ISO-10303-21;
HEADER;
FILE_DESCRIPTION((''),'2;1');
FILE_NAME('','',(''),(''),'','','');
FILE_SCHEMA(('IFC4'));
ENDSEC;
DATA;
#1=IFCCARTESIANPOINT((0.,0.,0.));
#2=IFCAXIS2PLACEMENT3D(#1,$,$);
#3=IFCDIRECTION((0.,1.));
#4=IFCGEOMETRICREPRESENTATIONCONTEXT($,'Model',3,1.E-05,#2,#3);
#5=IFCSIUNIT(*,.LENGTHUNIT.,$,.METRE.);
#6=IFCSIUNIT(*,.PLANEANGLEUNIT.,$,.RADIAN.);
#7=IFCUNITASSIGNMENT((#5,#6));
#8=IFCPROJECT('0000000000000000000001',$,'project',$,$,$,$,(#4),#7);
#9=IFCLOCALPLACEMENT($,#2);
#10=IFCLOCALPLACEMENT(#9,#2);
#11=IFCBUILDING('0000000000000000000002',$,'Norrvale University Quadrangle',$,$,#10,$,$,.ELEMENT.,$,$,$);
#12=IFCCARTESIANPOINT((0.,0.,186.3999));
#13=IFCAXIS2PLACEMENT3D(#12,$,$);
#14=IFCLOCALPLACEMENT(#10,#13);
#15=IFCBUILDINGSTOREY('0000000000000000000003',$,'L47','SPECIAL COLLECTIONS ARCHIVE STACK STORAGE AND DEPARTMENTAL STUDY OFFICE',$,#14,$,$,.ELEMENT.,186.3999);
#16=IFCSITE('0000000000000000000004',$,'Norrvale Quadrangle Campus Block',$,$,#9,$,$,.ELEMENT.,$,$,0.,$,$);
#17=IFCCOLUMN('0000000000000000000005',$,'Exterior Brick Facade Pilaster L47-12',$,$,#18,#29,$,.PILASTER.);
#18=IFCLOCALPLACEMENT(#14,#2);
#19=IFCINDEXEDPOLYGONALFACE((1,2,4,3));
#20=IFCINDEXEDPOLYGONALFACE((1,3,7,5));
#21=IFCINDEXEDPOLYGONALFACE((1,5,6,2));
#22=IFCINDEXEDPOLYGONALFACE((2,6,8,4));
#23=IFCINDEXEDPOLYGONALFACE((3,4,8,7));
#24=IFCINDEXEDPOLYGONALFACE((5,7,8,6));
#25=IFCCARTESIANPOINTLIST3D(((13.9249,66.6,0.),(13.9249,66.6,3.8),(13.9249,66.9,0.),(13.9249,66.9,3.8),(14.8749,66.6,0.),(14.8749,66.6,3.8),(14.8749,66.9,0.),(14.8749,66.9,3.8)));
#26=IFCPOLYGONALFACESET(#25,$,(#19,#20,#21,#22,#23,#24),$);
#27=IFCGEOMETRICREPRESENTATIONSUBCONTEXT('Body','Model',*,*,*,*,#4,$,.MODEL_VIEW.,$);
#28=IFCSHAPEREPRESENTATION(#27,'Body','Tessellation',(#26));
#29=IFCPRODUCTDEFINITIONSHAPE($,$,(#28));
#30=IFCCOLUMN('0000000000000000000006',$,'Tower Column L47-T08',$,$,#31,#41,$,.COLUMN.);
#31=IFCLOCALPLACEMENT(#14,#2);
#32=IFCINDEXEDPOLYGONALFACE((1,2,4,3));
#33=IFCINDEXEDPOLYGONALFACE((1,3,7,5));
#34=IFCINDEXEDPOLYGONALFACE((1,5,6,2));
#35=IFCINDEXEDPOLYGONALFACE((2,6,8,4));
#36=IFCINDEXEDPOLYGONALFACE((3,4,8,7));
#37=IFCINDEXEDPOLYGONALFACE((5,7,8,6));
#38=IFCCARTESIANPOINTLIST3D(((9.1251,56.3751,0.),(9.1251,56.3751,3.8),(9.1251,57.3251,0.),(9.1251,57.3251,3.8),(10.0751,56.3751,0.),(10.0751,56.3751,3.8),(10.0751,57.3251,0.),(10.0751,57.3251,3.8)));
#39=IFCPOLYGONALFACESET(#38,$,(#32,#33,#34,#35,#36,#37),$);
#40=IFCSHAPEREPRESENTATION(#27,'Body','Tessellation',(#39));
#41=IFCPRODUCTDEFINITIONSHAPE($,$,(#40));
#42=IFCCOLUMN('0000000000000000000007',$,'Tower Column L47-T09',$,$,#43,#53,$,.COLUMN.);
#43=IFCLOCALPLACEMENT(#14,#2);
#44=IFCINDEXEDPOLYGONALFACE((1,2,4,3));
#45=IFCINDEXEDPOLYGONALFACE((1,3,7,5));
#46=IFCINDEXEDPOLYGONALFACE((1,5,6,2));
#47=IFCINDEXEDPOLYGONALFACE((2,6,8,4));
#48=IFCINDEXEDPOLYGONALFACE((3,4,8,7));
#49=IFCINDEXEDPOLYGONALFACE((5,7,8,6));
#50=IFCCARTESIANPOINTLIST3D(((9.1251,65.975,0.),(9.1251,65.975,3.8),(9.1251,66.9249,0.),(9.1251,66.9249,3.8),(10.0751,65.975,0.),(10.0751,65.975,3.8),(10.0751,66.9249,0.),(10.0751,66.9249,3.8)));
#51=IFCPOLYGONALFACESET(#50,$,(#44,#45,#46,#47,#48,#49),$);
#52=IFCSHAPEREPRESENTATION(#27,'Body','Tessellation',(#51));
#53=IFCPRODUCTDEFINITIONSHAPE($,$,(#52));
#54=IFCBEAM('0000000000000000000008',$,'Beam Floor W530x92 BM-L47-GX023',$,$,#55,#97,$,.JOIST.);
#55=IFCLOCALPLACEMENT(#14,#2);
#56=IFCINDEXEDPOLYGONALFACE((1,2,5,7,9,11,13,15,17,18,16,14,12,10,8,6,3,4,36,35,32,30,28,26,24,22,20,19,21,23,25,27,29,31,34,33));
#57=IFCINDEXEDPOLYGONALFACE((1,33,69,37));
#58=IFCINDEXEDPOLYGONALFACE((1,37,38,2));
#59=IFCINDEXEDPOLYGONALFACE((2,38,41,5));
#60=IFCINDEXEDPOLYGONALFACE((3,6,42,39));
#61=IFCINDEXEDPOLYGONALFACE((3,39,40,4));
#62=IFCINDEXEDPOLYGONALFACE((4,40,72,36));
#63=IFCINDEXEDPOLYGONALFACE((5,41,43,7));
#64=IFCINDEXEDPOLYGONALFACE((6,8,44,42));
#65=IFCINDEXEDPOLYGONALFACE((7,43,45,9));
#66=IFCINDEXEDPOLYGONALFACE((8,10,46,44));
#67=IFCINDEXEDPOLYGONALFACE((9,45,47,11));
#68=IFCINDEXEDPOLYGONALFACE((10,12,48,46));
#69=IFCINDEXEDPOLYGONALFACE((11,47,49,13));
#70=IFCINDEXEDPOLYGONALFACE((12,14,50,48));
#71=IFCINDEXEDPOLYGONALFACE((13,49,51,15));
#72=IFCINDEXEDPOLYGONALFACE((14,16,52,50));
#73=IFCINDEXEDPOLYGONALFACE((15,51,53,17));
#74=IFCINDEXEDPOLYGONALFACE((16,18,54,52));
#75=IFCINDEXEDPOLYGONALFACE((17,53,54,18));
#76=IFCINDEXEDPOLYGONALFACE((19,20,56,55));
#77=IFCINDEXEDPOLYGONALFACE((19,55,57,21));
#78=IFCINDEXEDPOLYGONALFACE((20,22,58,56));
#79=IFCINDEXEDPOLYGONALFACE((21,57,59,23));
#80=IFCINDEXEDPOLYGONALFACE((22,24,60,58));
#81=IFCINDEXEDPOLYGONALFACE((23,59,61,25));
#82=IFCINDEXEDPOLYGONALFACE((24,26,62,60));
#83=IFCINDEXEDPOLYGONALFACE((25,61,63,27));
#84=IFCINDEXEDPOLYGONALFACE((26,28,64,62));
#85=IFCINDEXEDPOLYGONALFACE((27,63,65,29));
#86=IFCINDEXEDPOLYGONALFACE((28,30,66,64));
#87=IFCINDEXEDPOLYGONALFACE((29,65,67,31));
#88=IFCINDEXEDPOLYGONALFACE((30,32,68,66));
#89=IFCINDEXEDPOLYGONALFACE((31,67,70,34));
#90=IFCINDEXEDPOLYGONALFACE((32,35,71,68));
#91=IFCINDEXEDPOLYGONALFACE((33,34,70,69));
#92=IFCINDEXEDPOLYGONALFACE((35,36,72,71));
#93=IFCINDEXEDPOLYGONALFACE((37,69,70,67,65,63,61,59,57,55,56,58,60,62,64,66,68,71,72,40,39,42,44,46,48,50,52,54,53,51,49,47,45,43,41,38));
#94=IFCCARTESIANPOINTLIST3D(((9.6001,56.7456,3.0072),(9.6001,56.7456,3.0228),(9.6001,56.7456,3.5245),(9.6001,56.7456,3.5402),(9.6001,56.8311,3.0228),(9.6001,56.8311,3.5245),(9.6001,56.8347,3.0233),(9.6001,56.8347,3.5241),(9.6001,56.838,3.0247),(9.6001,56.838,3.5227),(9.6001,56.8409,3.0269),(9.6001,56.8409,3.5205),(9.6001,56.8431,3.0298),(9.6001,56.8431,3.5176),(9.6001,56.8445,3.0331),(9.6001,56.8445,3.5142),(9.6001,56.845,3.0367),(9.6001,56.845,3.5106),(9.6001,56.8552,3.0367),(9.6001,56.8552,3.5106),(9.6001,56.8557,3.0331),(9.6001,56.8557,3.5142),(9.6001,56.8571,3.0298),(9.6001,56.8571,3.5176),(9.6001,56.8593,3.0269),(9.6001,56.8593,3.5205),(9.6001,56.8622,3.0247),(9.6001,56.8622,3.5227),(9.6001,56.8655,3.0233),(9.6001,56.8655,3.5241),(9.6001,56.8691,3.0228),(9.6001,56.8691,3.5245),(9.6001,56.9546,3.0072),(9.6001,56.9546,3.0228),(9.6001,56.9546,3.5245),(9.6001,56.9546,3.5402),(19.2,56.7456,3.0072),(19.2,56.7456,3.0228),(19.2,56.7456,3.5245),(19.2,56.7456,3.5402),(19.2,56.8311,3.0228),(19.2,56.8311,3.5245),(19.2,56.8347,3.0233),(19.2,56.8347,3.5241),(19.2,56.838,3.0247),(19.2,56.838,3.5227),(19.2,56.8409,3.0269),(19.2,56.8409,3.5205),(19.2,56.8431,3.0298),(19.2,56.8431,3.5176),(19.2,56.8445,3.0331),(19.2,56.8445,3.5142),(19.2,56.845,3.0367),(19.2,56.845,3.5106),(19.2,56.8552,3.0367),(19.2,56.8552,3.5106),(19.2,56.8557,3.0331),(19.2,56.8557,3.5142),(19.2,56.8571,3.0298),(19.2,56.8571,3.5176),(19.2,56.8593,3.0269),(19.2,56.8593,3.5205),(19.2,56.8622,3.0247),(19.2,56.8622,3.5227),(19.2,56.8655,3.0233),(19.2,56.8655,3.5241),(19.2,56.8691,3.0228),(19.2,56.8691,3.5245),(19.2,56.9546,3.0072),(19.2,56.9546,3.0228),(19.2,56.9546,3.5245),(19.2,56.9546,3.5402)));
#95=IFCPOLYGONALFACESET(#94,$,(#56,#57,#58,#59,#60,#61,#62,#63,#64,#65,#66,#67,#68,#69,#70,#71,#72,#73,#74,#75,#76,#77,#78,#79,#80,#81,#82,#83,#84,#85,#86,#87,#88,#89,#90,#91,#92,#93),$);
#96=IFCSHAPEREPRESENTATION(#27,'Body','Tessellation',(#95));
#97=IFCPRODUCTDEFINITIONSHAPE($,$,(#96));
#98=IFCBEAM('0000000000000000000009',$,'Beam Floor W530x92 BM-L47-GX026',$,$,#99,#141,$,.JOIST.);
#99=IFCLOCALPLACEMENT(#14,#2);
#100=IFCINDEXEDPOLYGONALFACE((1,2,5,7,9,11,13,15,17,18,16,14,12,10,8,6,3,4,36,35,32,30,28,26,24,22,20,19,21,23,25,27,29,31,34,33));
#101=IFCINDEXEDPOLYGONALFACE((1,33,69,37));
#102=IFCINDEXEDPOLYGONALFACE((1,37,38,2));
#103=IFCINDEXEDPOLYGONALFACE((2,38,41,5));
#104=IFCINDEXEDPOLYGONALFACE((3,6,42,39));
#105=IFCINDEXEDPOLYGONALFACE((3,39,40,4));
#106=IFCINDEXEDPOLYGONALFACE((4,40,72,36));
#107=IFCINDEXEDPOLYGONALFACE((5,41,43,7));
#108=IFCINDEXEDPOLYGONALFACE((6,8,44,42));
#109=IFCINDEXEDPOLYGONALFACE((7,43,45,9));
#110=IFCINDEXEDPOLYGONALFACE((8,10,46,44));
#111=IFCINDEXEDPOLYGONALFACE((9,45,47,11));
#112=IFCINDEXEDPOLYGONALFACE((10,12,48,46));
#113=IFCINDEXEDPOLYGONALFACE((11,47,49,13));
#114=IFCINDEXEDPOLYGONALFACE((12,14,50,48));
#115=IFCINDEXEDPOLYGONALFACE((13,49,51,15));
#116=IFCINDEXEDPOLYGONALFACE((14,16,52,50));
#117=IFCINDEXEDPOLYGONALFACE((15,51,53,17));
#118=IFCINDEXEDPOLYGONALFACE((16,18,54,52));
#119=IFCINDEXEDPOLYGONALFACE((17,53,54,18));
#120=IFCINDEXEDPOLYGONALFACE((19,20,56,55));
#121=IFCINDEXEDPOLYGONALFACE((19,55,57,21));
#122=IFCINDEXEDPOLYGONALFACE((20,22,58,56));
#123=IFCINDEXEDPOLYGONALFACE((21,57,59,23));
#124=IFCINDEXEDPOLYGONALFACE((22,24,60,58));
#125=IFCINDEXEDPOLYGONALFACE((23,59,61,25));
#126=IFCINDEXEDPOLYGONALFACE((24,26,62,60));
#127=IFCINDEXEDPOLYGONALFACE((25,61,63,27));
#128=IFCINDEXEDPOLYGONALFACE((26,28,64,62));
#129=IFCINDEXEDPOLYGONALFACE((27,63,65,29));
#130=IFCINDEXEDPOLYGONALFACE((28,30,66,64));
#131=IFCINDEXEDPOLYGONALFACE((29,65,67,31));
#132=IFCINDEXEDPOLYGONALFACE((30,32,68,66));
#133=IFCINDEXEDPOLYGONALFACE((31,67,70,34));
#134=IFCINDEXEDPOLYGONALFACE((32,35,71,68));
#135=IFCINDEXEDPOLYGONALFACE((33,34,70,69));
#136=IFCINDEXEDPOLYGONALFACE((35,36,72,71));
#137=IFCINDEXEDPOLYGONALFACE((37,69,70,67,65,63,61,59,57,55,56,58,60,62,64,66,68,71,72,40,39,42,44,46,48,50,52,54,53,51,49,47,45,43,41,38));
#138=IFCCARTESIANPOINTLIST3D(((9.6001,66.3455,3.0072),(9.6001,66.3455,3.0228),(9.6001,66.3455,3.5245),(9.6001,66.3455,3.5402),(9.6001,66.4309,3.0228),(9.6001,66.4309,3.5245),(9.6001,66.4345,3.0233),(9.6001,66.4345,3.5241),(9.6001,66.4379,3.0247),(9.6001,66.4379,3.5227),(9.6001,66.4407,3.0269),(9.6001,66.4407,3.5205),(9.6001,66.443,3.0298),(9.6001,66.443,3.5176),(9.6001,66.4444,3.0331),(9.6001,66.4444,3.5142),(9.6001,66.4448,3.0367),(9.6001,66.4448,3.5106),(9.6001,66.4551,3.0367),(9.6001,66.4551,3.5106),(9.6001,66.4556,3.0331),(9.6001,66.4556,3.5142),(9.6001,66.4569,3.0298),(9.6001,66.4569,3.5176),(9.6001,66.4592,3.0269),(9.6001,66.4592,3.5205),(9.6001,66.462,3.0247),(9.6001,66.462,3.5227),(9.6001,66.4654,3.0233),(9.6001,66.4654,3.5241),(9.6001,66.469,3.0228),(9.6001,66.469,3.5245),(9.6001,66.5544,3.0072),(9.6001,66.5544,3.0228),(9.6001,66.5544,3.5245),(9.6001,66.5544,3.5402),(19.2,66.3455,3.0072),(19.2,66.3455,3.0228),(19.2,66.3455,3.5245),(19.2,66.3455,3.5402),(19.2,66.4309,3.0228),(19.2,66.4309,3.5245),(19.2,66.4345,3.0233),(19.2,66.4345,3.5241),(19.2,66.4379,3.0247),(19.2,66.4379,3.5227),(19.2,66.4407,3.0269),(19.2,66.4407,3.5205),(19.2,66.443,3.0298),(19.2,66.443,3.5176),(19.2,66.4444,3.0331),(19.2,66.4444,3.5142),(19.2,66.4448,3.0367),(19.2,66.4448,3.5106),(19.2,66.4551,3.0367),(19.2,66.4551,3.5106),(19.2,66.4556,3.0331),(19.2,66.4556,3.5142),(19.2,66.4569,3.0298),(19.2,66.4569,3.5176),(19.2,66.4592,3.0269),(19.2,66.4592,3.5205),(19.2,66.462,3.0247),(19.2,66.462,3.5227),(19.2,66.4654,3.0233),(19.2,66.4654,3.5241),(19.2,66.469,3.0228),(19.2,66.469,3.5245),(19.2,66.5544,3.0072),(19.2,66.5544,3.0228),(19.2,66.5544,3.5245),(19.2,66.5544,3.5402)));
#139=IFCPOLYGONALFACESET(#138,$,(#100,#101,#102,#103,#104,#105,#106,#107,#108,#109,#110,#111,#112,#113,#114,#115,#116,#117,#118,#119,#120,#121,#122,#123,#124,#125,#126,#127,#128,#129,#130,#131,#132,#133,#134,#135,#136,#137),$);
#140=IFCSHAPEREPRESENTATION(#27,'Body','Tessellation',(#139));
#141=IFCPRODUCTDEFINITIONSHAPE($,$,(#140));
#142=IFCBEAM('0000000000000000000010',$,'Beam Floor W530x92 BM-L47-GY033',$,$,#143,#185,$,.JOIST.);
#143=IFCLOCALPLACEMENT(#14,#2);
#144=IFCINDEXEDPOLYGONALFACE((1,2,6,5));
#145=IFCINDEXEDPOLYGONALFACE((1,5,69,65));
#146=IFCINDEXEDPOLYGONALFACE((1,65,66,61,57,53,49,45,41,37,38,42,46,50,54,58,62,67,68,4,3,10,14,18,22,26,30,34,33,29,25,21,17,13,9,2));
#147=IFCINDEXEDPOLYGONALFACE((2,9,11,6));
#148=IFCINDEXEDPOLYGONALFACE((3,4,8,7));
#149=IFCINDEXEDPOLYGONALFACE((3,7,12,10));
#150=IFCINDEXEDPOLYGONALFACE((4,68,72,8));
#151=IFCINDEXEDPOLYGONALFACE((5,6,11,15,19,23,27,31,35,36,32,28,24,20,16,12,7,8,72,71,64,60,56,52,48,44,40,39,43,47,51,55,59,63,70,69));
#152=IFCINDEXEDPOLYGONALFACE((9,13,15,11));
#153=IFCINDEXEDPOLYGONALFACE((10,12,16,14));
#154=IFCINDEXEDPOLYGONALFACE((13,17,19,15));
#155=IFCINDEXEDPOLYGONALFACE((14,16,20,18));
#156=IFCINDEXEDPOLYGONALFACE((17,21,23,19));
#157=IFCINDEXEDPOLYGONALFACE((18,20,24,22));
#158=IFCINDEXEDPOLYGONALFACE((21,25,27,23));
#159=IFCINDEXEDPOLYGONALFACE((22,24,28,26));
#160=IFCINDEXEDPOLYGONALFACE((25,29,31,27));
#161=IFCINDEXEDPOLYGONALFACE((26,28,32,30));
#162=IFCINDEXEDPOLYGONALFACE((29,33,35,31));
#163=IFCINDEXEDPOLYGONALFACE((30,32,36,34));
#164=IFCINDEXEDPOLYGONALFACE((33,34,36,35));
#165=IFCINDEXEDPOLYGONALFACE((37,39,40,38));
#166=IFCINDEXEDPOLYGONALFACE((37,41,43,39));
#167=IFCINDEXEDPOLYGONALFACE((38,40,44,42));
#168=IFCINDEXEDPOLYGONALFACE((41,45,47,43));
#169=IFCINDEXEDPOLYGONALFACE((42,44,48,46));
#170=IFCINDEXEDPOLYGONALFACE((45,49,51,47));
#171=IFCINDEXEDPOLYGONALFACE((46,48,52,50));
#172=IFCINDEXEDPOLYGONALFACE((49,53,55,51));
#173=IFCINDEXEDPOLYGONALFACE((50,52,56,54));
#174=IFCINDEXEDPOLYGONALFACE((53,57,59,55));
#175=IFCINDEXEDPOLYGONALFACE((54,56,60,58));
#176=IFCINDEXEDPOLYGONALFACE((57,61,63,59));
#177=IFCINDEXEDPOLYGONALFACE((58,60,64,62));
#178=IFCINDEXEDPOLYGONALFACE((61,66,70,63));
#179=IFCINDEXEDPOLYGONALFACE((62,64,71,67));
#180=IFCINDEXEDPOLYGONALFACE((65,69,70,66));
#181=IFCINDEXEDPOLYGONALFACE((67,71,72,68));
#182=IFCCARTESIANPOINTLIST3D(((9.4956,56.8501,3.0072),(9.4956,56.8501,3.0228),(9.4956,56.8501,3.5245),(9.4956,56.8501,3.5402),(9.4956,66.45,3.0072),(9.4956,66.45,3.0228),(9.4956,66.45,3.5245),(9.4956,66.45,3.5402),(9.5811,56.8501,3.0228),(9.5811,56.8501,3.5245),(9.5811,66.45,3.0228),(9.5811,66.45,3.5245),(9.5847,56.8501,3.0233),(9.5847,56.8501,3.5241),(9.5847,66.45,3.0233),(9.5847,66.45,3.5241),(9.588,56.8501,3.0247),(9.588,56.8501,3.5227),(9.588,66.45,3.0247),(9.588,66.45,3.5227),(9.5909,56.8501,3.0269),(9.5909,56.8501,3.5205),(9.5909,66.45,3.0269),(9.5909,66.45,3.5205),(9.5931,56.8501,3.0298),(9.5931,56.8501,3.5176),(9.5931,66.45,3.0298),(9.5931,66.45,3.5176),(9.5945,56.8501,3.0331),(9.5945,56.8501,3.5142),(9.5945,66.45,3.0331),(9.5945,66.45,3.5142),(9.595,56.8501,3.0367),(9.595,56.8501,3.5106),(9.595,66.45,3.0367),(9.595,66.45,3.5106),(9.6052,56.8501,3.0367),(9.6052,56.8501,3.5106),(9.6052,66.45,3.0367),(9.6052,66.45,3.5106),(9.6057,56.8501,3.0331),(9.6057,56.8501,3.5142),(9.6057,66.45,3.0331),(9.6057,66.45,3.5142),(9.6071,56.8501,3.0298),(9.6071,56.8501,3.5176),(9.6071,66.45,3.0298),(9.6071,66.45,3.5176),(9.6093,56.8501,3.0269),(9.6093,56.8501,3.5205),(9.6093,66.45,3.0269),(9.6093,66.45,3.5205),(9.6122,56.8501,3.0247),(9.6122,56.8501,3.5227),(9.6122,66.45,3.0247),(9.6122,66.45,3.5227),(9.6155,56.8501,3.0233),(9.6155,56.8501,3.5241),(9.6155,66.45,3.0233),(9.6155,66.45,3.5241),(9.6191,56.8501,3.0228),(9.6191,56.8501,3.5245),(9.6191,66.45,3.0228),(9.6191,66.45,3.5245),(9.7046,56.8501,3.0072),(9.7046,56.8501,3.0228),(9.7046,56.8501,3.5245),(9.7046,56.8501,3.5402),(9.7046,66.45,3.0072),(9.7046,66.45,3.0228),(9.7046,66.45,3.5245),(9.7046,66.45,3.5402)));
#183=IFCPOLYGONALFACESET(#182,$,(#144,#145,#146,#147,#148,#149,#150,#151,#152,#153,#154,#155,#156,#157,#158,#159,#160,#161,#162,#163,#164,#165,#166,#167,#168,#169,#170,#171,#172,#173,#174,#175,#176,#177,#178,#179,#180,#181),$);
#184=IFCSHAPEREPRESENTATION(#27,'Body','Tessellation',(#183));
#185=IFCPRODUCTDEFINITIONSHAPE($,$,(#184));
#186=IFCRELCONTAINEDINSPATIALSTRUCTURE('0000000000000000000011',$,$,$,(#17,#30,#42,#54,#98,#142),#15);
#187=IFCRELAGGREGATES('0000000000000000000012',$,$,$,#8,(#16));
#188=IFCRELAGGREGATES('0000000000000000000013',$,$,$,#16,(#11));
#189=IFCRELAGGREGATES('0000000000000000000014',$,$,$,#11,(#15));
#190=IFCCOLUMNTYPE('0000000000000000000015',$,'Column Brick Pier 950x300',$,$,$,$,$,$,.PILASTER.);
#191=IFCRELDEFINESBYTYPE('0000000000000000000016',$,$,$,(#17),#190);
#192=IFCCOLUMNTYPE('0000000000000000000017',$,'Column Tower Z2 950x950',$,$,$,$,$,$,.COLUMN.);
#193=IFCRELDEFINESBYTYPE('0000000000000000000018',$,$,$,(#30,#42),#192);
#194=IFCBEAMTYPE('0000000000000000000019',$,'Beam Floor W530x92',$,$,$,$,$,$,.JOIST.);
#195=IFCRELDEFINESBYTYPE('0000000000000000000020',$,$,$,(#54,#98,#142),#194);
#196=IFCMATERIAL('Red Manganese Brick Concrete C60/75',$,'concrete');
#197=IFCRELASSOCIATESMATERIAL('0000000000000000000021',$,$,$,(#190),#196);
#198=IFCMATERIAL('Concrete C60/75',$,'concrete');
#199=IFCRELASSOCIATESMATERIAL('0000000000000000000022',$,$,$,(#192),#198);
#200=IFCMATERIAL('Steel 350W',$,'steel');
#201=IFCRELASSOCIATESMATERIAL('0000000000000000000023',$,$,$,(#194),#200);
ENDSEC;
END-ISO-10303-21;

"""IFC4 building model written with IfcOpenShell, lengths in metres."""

from ifc_helpers import new_model, si_unit, direction, frame, origin, origin_2d, place, context, subcontext, project, spatial, rectangle, i_section, extrude, material, material_profile, profile_set, type_object, element, save


model = new_model("IFC4")

# Units and contexts
model_context = context("Model", 3, precision=1e-05, world=origin(), true_north=direction((0.0, 1.0)))
body_context = subcontext(model_context, "Body", "Model", "MODEL_VIEW")
ifc_project = project(units=[si_unit("LENGTHUNIT", "METRE"), si_unit("PLANEANGLEUNIT", "RADIAN")], contexts=[model_context])

# Site, building, storey
site_placement = place(None, origin())
site = spatial("IfcSite", under=ifc_project, at=site_placement, Name="Norrvale Quadrangle Campus Block", CompositionType="ELEMENT", RefElevation=0.0)
building_placement = place(site_placement, origin())
building = spatial("IfcBuilding", under=site, at=building_placement, Name="Norrvale University Quadrangle", CompositionType="ELEMENT")
storey_placement = place(building_placement, frame((0.0, 0.0, 186.3999)))
storey = spatial("IfcBuildingStorey", under=building, at=storey_placement, Name="L47", Description="SPECIAL COLLECTIONS ARCHIVE STACK STORAGE AND DEPARTMENTAL STUDY OFFICE", CompositionType="ELEMENT", Elevation=186.3999)

# Columns
ifc_material_1 = material(Name="Red Manganese Brick Concrete C60/75", Category="concrete")
ifc_material_profile_1 = material_profile(ifc_material_1, rectangle(XDim=0.95, YDim=0.3, at=origin_2d()), Name="Red Manganese Brick Concrete C60/75")
ifc_profile_set_1 = profile_set([ifc_material_profile_1], Name="Red Manganese Brick Concrete C60/75")
column_type_1 = type_object("IfcColumnType", Name="Column Brick Pier 950x300", PredefinedType="PILASTER", material=ifc_profile_set_1)
column_placement = place(storey_placement, frame((14.3999, 66.75, 0.0), z_axis=(0.0, 0.0, 1.0), x_axis=(1.0, 0.0, 0.0)))
element("IfcColumn", 1, at=column_placement, inside=storey, type_object=column_type_1, Name="Exterior Brick Facade Pilaster L47-12", PredefinedType="PILASTER", context=body_context, shape_type="SweptSolid", body=[
    extrude(rectangle(XDim=0.95, YDim=0.3, at=origin_2d()), origin(), (0.0, 0.0, 1.0), 3.8),
])
ifc_material_2 = material(Name="Concrete C60/75", Category="concrete")
ifc_material_profile_2 = material_profile(ifc_material_2, rectangle(XDim=0.95, YDim=0.95, at=origin_2d()), Name="Concrete C60/75")
ifc_profile_set_2 = profile_set([ifc_material_profile_2], Name="Concrete C60/75")
column_type_2 = type_object("IfcColumnType", Name="Column Tower Z2 950x950", PredefinedType="COLUMN", material=ifc_profile_set_2)
for number, where, z_axis, x_axis, name in (
    (2, (9.6001, 56.8501, 0.0), (0.0, 0.0, 1.0), (1.0, 0.0, 0.0), "Tower Column L47-T08"),
    (3, (9.6001, 66.45, 0.0), (0.0, 0.0, 1.0), (1.0, 0.0, 0.0), "Tower Column L47-T09"),
):
    element("IfcColumn", number, at=place(storey_placement, frame(where, z_axis=z_axis, x_axis=x_axis)), inside=storey, type_object=column_type_2, Name=name, PredefinedType="COLUMN", context=body_context, shape_type="SweptSolid", body=[
        extrude(rectangle(XDim=0.95, YDim=0.95, at=origin_2d()), origin(), (0.0, 0.0, 1.0), 3.8),
    ])

# Beams
ifc_material_3 = material(Name="Steel 350W", Category="steel")
ifc_material_profile_3 = material_profile(ifc_material_3, i_section(OverallWidth=0.209, OverallDepth=0.533, WebThickness=0.0103, FlangeThickness=0.0156, FilletRadius=0.0139, at=origin_2d()), Name="Steel 350W")
ifc_profile_set_3 = profile_set([ifc_material_profile_3], Name="Steel 350W")
beam_type_1 = type_object("IfcBeamType", Name="Beam Floor W530x92", PredefinedType="JOIST", material=ifc_profile_set_3)
for number, where, z_axis, x_axis, name in (
    (4, (9.6001, 56.8501, 3.2737), (1.0, 0.0, 0.0), (0.0, 1.0, 0.0), "Beam Floor W530x92 BM-L47-GX023"),
    (5, (9.6001, 66.45, 3.2737), (1.0, 0.0, 0.0), (0.0, 1.0, 0.0), "Beam Floor W530x92 BM-L47-GX026"),
    (6, (9.6001, 56.8501, 3.2737), (0.0, 1.0, 0.0), (-1.0, 0.0, 0.0), "Beam Floor W530x92 BM-L47-GY033"),
):
    element("IfcBeam", number, at=place(storey_placement, frame(where, z_axis=z_axis, x_axis=x_axis)), inside=storey, type_object=beam_type_1, Name=name, PredefinedType="JOIST", context=body_context, shape_type="SweptSolid", body=[
        extrude(i_section(OverallWidth=0.209, OverallDepth=0.533, WebThickness=0.0103, FlangeThickness=0.0156, FilletRadius=0.0139, at=origin_2d()), origin(), (0.0, 0.0, 1.0), 9.5999),
    ])

save(model, "model.ifc")
